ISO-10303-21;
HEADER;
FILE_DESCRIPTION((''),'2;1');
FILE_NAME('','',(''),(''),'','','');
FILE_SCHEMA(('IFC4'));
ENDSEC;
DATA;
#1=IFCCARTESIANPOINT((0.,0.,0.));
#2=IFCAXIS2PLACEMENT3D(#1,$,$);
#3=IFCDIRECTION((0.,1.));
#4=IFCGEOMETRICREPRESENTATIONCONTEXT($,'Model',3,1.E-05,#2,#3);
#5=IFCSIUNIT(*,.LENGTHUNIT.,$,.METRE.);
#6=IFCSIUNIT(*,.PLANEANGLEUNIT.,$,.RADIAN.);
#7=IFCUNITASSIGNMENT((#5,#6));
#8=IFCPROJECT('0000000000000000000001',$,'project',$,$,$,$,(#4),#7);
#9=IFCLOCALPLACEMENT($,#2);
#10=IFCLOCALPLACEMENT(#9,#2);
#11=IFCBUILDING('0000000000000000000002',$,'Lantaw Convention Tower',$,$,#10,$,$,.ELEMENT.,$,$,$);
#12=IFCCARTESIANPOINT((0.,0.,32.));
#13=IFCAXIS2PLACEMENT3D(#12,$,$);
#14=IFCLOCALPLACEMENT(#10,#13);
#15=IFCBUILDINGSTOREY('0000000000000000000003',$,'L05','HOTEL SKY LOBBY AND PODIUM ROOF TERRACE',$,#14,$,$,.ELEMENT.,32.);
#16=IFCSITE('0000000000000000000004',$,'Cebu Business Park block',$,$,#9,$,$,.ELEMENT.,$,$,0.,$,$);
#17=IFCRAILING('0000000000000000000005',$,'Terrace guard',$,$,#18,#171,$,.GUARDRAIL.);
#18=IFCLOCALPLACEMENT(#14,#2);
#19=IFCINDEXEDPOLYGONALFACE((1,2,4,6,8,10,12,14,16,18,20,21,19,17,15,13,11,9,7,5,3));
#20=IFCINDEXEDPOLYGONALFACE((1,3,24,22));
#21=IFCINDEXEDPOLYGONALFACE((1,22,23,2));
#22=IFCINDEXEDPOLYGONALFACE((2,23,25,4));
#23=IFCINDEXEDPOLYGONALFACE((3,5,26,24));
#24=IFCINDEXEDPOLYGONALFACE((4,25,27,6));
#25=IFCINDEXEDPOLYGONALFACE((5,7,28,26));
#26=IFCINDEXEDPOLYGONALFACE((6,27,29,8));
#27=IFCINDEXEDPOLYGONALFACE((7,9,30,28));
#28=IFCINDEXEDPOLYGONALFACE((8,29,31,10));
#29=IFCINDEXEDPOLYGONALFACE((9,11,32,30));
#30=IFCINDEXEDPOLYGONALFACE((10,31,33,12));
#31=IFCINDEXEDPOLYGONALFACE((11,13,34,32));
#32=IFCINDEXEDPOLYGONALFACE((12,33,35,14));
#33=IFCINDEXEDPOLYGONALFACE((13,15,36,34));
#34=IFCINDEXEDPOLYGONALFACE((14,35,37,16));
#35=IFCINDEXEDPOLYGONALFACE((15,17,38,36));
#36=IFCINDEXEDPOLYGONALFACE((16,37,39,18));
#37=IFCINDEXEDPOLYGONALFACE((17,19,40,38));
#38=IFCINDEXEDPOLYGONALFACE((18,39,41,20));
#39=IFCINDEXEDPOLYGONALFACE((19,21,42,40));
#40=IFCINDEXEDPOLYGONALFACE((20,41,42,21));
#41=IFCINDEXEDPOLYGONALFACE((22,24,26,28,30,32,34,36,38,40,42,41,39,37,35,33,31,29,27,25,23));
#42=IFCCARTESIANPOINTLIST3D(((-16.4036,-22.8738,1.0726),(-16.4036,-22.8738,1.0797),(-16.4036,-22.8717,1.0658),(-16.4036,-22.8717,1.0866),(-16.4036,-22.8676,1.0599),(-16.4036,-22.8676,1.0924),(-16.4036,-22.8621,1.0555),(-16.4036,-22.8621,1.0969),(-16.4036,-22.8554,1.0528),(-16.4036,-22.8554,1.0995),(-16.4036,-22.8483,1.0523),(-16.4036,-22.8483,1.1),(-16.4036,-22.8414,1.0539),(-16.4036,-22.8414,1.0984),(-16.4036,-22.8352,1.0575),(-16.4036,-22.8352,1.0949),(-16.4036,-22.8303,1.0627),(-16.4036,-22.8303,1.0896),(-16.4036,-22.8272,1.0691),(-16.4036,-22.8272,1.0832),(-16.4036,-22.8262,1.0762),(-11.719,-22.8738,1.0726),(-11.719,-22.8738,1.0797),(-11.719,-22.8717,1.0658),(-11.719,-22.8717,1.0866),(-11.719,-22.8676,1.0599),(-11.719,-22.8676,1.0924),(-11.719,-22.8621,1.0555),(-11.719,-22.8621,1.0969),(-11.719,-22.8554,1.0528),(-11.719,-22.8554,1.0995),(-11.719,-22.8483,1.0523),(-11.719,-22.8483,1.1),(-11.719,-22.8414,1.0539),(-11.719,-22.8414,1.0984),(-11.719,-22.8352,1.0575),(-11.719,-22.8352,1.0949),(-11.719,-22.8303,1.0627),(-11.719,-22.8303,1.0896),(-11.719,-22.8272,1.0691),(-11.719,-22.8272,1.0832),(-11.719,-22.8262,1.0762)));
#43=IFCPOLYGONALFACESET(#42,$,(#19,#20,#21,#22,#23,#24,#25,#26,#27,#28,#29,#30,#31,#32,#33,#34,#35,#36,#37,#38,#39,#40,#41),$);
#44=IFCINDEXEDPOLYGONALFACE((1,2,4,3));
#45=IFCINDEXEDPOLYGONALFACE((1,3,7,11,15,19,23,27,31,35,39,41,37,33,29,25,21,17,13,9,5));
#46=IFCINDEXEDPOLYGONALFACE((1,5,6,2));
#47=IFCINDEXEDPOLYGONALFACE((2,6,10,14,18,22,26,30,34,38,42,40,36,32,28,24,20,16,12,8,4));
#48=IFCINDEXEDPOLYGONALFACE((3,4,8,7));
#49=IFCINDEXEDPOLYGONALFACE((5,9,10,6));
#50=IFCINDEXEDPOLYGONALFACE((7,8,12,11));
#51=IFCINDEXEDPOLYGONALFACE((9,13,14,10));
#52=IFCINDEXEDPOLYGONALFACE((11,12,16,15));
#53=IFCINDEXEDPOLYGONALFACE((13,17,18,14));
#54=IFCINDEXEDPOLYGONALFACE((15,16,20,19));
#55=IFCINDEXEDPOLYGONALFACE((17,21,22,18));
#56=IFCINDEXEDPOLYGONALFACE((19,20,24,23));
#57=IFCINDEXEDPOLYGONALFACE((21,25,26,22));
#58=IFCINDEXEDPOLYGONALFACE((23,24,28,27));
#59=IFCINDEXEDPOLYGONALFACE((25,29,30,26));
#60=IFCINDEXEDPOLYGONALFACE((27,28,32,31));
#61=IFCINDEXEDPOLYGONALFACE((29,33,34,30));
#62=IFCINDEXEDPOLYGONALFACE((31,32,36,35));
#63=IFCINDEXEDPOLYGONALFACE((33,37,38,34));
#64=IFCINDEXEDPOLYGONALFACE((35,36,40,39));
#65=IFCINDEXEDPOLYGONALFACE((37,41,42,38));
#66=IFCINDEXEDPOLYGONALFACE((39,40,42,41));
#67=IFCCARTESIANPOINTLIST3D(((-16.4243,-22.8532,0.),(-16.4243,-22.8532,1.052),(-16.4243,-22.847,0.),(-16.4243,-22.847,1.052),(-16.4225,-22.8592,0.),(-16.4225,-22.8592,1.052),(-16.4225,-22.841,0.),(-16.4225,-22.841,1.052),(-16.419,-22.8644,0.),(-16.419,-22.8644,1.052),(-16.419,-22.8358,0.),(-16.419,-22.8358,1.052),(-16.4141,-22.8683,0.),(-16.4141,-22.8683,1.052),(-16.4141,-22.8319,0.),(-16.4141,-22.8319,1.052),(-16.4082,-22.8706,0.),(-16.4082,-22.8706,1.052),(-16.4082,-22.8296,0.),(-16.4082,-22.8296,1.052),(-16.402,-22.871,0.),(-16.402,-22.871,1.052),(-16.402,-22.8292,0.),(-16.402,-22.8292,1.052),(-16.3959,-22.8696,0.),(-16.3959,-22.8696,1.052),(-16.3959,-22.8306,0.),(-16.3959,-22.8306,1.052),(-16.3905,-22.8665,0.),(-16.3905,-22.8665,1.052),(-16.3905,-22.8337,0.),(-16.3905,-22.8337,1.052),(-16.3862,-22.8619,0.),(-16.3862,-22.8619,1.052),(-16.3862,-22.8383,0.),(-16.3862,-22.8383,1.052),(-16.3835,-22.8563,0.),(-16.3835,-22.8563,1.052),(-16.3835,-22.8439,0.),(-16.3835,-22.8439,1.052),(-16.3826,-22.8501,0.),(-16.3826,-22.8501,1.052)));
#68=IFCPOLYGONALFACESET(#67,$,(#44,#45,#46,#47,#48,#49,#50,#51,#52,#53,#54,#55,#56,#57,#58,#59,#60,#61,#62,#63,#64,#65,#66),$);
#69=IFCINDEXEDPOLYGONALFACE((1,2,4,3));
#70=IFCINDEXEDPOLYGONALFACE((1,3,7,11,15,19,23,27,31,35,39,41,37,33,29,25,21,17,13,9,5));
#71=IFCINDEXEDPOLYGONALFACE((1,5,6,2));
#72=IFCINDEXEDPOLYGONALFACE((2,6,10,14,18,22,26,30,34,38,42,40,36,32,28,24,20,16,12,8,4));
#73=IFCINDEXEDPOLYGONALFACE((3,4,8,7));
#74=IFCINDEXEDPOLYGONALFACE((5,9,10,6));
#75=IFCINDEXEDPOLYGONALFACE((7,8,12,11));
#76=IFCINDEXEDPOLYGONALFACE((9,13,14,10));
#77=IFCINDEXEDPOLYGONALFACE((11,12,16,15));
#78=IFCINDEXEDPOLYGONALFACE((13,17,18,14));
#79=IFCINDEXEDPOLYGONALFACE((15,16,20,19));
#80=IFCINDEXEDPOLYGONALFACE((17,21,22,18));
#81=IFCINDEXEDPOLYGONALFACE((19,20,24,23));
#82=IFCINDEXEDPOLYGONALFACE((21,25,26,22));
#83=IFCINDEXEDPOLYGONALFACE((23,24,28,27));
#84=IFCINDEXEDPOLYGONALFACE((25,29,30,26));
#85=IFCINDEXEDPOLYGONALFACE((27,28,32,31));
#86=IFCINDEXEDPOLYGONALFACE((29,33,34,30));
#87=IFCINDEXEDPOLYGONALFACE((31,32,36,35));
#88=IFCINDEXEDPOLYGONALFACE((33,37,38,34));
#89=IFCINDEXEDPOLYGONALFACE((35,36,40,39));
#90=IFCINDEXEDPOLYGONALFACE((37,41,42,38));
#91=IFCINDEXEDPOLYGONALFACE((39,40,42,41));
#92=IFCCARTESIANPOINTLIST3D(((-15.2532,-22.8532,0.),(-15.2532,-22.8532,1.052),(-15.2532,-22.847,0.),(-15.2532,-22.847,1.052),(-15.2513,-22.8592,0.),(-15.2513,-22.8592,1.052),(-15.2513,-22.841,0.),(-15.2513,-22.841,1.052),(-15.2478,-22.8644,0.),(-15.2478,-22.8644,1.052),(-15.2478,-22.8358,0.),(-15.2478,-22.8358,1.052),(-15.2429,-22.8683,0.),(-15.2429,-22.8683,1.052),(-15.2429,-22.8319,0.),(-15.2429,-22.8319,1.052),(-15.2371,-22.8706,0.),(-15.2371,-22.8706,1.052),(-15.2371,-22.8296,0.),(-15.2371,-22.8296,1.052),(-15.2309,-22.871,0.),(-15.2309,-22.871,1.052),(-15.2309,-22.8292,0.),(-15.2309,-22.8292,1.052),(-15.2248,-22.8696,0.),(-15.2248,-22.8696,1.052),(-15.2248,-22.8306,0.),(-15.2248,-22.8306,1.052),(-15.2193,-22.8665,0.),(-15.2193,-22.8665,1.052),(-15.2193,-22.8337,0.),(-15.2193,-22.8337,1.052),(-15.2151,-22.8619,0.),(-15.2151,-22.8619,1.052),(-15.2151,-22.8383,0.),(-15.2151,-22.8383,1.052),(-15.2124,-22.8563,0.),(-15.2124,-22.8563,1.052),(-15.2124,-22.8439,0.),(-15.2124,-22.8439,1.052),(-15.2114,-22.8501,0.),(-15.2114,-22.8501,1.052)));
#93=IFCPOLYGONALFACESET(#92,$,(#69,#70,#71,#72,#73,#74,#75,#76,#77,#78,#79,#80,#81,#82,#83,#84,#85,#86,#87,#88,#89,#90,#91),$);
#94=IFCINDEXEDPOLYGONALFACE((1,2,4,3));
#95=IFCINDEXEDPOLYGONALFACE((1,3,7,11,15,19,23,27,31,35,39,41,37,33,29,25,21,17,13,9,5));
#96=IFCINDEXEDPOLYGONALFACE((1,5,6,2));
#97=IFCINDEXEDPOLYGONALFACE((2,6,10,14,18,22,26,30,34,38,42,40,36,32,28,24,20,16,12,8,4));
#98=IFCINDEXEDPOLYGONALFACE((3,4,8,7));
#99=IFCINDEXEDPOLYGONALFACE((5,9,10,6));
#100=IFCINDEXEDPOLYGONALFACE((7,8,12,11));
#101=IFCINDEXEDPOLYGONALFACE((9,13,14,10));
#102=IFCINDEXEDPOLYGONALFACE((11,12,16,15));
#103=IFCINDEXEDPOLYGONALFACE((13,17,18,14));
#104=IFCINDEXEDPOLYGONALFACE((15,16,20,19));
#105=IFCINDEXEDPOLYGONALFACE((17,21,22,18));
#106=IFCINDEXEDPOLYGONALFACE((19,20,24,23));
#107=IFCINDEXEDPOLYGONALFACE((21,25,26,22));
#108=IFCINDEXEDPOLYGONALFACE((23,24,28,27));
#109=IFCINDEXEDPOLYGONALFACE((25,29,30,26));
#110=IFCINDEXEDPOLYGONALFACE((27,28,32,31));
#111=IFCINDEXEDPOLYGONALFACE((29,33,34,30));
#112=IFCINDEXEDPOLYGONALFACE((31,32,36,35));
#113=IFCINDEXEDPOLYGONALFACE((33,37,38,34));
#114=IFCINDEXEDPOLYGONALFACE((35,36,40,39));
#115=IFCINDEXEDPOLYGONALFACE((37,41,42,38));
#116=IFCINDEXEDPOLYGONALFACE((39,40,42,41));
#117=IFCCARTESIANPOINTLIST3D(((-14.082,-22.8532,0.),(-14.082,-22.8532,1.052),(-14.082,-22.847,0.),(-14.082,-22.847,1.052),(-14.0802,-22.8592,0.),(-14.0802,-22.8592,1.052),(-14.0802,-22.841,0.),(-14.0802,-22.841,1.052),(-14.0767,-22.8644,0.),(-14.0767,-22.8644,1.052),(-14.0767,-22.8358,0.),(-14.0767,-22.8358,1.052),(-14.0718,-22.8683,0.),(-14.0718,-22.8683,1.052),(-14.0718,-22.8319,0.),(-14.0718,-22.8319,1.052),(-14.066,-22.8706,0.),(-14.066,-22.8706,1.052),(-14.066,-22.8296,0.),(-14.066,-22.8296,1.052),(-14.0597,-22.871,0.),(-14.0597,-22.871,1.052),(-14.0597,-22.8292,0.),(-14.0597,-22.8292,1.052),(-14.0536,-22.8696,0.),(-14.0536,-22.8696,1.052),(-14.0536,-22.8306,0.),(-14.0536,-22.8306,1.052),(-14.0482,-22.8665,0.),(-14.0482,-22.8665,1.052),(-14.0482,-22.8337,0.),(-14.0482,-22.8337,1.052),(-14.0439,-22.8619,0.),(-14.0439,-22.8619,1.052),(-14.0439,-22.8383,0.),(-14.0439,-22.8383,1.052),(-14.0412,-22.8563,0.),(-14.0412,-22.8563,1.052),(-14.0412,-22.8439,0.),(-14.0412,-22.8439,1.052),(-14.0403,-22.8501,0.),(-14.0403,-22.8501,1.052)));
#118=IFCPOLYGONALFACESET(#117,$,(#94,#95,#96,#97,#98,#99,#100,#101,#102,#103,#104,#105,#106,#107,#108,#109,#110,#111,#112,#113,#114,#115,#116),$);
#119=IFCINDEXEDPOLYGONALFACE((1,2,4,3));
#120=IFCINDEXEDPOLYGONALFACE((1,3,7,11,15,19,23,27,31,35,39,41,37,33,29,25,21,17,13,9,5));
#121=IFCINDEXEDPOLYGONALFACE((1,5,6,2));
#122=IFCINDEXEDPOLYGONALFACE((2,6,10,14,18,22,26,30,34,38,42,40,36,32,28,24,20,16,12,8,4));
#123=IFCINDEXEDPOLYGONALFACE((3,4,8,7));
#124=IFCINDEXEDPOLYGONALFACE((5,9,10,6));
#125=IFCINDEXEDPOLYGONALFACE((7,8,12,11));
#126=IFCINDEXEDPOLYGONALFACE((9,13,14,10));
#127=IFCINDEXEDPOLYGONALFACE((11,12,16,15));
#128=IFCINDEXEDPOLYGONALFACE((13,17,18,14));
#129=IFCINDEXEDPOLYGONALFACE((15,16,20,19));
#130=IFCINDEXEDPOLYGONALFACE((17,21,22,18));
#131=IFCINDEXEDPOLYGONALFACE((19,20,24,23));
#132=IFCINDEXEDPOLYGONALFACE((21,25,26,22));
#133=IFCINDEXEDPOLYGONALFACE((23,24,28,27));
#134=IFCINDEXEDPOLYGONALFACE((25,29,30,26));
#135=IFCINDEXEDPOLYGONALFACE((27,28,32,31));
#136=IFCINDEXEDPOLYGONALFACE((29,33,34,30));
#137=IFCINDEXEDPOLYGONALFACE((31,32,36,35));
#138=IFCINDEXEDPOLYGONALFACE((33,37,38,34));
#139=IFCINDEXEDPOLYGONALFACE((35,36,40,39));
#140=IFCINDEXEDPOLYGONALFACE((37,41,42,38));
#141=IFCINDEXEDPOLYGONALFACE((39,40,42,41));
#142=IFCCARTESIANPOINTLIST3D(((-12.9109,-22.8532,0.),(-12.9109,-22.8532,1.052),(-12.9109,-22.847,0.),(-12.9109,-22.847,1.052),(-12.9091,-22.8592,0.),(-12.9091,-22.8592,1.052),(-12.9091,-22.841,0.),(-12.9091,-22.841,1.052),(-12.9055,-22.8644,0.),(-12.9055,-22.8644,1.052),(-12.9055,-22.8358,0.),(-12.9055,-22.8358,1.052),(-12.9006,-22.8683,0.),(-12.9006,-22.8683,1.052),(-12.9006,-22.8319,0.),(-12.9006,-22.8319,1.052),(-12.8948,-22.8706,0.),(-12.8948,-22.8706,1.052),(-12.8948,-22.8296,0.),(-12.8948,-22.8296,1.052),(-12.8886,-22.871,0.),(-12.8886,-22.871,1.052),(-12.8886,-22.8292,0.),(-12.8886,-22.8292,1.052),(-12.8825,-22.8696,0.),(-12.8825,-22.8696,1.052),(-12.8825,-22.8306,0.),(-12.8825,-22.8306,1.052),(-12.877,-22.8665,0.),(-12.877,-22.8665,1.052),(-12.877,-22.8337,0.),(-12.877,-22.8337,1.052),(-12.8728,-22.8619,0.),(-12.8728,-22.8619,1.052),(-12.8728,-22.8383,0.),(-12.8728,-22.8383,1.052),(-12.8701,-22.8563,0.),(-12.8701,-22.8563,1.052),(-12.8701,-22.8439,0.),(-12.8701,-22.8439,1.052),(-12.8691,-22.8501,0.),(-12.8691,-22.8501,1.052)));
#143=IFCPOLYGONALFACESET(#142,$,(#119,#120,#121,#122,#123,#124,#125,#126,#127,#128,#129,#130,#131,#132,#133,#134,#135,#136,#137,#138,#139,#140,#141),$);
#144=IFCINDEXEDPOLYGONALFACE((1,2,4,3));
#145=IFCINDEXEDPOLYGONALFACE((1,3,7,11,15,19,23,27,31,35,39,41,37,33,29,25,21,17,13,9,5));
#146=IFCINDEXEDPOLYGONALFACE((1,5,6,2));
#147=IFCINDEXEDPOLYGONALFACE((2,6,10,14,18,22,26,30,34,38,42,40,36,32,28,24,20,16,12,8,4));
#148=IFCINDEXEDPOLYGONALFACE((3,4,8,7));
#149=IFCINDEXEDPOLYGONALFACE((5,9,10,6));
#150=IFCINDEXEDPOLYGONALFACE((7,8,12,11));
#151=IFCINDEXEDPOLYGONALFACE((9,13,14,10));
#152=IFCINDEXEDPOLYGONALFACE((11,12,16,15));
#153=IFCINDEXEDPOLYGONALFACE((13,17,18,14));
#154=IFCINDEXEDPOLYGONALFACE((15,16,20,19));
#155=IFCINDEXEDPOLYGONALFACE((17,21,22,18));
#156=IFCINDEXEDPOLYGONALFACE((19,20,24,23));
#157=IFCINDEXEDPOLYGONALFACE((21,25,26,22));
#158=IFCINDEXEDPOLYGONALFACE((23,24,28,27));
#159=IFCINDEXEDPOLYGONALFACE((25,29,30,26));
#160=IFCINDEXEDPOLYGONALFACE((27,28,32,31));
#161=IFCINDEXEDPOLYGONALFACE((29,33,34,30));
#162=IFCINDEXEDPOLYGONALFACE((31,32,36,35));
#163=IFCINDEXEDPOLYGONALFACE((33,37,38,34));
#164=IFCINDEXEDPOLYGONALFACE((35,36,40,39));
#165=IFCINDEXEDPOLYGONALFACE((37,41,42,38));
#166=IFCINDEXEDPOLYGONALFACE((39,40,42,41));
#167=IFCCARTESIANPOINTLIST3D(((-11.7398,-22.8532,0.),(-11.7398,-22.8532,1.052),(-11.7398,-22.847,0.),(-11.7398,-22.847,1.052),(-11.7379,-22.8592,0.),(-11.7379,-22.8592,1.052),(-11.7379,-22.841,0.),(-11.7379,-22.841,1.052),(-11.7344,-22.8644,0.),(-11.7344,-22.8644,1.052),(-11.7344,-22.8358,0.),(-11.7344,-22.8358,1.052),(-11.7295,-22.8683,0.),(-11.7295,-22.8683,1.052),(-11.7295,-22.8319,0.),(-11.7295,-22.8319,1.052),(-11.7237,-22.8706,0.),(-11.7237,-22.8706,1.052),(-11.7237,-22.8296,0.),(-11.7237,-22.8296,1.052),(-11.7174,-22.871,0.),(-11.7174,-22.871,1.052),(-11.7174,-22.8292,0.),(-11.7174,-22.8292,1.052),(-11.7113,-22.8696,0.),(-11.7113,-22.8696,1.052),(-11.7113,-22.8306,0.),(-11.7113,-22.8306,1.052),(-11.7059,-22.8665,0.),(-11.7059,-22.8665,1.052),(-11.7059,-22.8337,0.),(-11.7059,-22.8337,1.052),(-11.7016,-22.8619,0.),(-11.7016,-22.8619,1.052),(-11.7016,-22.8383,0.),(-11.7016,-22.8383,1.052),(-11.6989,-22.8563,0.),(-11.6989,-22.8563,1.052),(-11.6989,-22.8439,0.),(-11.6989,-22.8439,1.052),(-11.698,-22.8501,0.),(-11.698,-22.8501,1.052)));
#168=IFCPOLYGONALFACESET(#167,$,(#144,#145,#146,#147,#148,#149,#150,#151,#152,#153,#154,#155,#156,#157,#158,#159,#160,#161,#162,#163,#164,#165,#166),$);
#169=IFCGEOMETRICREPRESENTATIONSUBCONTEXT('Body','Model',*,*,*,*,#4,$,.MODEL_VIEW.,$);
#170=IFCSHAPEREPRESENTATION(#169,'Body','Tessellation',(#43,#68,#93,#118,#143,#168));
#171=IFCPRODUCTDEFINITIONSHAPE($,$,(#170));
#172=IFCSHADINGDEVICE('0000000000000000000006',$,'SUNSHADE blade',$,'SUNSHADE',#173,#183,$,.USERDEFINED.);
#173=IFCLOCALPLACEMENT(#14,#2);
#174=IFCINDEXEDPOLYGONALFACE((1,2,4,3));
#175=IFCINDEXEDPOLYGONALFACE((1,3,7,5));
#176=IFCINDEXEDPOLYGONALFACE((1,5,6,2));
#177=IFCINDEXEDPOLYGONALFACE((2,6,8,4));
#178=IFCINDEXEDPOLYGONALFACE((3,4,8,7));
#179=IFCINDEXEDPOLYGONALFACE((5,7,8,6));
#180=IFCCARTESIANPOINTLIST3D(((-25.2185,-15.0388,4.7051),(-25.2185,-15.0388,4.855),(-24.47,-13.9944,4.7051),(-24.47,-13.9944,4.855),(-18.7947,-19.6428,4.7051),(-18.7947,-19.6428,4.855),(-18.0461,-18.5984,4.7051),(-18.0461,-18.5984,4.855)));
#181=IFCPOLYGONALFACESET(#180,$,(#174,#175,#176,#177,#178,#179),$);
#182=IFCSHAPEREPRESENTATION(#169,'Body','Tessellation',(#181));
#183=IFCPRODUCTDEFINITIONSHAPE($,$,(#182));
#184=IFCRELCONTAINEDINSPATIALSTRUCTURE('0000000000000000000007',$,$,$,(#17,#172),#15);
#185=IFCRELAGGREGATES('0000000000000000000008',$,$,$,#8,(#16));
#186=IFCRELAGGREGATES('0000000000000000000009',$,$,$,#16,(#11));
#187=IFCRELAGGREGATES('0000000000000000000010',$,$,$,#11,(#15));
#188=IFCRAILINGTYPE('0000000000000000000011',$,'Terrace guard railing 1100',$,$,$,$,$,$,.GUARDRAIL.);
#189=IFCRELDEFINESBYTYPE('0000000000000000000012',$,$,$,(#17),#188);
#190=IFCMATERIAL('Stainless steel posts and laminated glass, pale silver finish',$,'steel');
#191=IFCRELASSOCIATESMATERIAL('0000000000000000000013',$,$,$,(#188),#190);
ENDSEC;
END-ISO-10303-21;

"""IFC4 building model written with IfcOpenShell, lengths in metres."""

from ifc_helpers import new_model, si_unit, direction, frame, origin, origin_2d, place, context, subcontext, project, spatial, rectangle, circle, extrude, material, type_object, element, save


model = new_model("IFC4")

# Units and contexts
model_context = context("Model", 3, precision=1e-05, world=origin(), true_north=direction((0.0, 1.0)))
body_context = subcontext(model_context, "Body", "Model", "MODEL_VIEW")
ifc_project = project(units=[si_unit("LENGTHUNIT", "METRE"), si_unit("PLANEANGLEUNIT", "RADIAN")], contexts=[model_context])

# Site, building, storey
site_placement = place(None, origin())
site = spatial("IfcSite", under=ifc_project, at=site_placement, Name="Cebu Business Park block", CompositionType="ELEMENT", RefElevation=0.0)
building_placement = place(site_placement, origin())
building = spatial("IfcBuilding", under=site, at=building_placement, Name="Lantaw Convention Tower", CompositionType="ELEMENT")
storey_placement = place(building_placement, frame((0.0, 0.0, 32.0)))
storey = spatial("IfcBuildingStorey", under=building, at=storey_placement, Name="L05", Description="HOTEL SKY LOBBY AND PODIUM ROOF TERRACE", CompositionType="ELEMENT", Elevation=32.0)

# Railing
ifc_material_1 = material(Name="Stainless steel posts and laminated glass, pale silver finish", Category="steel")
railing_type = type_object("IfcRailingType", Name="Terrace guard railing 1100", PredefinedType="GUARDRAIL", material=ifc_material_1)
railing_1_placement = place(storey_placement, frame((-16.4036, -22.8501, 0.0)))
element("IfcRailing", 1, at=railing_1_placement, inside=storey, type_object=railing_type, Name="Terrace guard", PredefinedType="GUARDRAIL", context=body_context, shape_type="SweptSolid", body=[
    extrude(circle(Radius=0.0239, at=origin_2d()), frame((0.0, 0.0, 1.0762), z_axis=(1.0, 0.0, 0.0), x_axis=(0.0, 1.0, 0.0)), (0.0, 0.0, 1.0), 4.6846),
    extrude(circle(Radius=0.021, at=origin_2d()), origin(), (0.0, 0.0, 1.0), 1.052),
    extrude(circle(Radius=0.021, at=origin_2d()), frame((1.1711, 0.0, 0.0)), (0.0, 0.0, 1.0), 1.052),
    extrude(circle(Radius=0.021, at=origin_2d()), frame((2.3423, 0.0, 0.0)), (0.0, 0.0, 1.0), 1.052),
    extrude(circle(Radius=0.021, at=origin_2d()), frame((3.5134, 0.0, 0.0)), (0.0, 0.0, 1.0), 1.052),
    extrude(circle(Radius=0.021, at=origin_2d()), frame((4.6846, 0.0, 0.0)), (0.0, 0.0, 1.0), 1.052),
])

# Shading device
shading_device_placement = place(storey_placement, frame((-21.6323, -16.8186, 4.7051), z_axis=(0.0, 0.0, 1.0), x_axis=(0.812804, -0.582538, 0.0)))
element("IfcShadingDevice", 2, at=shading_device_placement, inside=storey, Name="SUNSHADE blade", ObjectType="SUNSHADE", PredefinedType="USERDEFINED", context=body_context, shape_type="SweptSolid", body=[
    extrude(rectangle(XDim=7.9033, YDim=1.2849, at=origin_2d()), origin(), (0.0, 0.0, 1.0), 0.1499),
])

save(model, "model.ifc")
